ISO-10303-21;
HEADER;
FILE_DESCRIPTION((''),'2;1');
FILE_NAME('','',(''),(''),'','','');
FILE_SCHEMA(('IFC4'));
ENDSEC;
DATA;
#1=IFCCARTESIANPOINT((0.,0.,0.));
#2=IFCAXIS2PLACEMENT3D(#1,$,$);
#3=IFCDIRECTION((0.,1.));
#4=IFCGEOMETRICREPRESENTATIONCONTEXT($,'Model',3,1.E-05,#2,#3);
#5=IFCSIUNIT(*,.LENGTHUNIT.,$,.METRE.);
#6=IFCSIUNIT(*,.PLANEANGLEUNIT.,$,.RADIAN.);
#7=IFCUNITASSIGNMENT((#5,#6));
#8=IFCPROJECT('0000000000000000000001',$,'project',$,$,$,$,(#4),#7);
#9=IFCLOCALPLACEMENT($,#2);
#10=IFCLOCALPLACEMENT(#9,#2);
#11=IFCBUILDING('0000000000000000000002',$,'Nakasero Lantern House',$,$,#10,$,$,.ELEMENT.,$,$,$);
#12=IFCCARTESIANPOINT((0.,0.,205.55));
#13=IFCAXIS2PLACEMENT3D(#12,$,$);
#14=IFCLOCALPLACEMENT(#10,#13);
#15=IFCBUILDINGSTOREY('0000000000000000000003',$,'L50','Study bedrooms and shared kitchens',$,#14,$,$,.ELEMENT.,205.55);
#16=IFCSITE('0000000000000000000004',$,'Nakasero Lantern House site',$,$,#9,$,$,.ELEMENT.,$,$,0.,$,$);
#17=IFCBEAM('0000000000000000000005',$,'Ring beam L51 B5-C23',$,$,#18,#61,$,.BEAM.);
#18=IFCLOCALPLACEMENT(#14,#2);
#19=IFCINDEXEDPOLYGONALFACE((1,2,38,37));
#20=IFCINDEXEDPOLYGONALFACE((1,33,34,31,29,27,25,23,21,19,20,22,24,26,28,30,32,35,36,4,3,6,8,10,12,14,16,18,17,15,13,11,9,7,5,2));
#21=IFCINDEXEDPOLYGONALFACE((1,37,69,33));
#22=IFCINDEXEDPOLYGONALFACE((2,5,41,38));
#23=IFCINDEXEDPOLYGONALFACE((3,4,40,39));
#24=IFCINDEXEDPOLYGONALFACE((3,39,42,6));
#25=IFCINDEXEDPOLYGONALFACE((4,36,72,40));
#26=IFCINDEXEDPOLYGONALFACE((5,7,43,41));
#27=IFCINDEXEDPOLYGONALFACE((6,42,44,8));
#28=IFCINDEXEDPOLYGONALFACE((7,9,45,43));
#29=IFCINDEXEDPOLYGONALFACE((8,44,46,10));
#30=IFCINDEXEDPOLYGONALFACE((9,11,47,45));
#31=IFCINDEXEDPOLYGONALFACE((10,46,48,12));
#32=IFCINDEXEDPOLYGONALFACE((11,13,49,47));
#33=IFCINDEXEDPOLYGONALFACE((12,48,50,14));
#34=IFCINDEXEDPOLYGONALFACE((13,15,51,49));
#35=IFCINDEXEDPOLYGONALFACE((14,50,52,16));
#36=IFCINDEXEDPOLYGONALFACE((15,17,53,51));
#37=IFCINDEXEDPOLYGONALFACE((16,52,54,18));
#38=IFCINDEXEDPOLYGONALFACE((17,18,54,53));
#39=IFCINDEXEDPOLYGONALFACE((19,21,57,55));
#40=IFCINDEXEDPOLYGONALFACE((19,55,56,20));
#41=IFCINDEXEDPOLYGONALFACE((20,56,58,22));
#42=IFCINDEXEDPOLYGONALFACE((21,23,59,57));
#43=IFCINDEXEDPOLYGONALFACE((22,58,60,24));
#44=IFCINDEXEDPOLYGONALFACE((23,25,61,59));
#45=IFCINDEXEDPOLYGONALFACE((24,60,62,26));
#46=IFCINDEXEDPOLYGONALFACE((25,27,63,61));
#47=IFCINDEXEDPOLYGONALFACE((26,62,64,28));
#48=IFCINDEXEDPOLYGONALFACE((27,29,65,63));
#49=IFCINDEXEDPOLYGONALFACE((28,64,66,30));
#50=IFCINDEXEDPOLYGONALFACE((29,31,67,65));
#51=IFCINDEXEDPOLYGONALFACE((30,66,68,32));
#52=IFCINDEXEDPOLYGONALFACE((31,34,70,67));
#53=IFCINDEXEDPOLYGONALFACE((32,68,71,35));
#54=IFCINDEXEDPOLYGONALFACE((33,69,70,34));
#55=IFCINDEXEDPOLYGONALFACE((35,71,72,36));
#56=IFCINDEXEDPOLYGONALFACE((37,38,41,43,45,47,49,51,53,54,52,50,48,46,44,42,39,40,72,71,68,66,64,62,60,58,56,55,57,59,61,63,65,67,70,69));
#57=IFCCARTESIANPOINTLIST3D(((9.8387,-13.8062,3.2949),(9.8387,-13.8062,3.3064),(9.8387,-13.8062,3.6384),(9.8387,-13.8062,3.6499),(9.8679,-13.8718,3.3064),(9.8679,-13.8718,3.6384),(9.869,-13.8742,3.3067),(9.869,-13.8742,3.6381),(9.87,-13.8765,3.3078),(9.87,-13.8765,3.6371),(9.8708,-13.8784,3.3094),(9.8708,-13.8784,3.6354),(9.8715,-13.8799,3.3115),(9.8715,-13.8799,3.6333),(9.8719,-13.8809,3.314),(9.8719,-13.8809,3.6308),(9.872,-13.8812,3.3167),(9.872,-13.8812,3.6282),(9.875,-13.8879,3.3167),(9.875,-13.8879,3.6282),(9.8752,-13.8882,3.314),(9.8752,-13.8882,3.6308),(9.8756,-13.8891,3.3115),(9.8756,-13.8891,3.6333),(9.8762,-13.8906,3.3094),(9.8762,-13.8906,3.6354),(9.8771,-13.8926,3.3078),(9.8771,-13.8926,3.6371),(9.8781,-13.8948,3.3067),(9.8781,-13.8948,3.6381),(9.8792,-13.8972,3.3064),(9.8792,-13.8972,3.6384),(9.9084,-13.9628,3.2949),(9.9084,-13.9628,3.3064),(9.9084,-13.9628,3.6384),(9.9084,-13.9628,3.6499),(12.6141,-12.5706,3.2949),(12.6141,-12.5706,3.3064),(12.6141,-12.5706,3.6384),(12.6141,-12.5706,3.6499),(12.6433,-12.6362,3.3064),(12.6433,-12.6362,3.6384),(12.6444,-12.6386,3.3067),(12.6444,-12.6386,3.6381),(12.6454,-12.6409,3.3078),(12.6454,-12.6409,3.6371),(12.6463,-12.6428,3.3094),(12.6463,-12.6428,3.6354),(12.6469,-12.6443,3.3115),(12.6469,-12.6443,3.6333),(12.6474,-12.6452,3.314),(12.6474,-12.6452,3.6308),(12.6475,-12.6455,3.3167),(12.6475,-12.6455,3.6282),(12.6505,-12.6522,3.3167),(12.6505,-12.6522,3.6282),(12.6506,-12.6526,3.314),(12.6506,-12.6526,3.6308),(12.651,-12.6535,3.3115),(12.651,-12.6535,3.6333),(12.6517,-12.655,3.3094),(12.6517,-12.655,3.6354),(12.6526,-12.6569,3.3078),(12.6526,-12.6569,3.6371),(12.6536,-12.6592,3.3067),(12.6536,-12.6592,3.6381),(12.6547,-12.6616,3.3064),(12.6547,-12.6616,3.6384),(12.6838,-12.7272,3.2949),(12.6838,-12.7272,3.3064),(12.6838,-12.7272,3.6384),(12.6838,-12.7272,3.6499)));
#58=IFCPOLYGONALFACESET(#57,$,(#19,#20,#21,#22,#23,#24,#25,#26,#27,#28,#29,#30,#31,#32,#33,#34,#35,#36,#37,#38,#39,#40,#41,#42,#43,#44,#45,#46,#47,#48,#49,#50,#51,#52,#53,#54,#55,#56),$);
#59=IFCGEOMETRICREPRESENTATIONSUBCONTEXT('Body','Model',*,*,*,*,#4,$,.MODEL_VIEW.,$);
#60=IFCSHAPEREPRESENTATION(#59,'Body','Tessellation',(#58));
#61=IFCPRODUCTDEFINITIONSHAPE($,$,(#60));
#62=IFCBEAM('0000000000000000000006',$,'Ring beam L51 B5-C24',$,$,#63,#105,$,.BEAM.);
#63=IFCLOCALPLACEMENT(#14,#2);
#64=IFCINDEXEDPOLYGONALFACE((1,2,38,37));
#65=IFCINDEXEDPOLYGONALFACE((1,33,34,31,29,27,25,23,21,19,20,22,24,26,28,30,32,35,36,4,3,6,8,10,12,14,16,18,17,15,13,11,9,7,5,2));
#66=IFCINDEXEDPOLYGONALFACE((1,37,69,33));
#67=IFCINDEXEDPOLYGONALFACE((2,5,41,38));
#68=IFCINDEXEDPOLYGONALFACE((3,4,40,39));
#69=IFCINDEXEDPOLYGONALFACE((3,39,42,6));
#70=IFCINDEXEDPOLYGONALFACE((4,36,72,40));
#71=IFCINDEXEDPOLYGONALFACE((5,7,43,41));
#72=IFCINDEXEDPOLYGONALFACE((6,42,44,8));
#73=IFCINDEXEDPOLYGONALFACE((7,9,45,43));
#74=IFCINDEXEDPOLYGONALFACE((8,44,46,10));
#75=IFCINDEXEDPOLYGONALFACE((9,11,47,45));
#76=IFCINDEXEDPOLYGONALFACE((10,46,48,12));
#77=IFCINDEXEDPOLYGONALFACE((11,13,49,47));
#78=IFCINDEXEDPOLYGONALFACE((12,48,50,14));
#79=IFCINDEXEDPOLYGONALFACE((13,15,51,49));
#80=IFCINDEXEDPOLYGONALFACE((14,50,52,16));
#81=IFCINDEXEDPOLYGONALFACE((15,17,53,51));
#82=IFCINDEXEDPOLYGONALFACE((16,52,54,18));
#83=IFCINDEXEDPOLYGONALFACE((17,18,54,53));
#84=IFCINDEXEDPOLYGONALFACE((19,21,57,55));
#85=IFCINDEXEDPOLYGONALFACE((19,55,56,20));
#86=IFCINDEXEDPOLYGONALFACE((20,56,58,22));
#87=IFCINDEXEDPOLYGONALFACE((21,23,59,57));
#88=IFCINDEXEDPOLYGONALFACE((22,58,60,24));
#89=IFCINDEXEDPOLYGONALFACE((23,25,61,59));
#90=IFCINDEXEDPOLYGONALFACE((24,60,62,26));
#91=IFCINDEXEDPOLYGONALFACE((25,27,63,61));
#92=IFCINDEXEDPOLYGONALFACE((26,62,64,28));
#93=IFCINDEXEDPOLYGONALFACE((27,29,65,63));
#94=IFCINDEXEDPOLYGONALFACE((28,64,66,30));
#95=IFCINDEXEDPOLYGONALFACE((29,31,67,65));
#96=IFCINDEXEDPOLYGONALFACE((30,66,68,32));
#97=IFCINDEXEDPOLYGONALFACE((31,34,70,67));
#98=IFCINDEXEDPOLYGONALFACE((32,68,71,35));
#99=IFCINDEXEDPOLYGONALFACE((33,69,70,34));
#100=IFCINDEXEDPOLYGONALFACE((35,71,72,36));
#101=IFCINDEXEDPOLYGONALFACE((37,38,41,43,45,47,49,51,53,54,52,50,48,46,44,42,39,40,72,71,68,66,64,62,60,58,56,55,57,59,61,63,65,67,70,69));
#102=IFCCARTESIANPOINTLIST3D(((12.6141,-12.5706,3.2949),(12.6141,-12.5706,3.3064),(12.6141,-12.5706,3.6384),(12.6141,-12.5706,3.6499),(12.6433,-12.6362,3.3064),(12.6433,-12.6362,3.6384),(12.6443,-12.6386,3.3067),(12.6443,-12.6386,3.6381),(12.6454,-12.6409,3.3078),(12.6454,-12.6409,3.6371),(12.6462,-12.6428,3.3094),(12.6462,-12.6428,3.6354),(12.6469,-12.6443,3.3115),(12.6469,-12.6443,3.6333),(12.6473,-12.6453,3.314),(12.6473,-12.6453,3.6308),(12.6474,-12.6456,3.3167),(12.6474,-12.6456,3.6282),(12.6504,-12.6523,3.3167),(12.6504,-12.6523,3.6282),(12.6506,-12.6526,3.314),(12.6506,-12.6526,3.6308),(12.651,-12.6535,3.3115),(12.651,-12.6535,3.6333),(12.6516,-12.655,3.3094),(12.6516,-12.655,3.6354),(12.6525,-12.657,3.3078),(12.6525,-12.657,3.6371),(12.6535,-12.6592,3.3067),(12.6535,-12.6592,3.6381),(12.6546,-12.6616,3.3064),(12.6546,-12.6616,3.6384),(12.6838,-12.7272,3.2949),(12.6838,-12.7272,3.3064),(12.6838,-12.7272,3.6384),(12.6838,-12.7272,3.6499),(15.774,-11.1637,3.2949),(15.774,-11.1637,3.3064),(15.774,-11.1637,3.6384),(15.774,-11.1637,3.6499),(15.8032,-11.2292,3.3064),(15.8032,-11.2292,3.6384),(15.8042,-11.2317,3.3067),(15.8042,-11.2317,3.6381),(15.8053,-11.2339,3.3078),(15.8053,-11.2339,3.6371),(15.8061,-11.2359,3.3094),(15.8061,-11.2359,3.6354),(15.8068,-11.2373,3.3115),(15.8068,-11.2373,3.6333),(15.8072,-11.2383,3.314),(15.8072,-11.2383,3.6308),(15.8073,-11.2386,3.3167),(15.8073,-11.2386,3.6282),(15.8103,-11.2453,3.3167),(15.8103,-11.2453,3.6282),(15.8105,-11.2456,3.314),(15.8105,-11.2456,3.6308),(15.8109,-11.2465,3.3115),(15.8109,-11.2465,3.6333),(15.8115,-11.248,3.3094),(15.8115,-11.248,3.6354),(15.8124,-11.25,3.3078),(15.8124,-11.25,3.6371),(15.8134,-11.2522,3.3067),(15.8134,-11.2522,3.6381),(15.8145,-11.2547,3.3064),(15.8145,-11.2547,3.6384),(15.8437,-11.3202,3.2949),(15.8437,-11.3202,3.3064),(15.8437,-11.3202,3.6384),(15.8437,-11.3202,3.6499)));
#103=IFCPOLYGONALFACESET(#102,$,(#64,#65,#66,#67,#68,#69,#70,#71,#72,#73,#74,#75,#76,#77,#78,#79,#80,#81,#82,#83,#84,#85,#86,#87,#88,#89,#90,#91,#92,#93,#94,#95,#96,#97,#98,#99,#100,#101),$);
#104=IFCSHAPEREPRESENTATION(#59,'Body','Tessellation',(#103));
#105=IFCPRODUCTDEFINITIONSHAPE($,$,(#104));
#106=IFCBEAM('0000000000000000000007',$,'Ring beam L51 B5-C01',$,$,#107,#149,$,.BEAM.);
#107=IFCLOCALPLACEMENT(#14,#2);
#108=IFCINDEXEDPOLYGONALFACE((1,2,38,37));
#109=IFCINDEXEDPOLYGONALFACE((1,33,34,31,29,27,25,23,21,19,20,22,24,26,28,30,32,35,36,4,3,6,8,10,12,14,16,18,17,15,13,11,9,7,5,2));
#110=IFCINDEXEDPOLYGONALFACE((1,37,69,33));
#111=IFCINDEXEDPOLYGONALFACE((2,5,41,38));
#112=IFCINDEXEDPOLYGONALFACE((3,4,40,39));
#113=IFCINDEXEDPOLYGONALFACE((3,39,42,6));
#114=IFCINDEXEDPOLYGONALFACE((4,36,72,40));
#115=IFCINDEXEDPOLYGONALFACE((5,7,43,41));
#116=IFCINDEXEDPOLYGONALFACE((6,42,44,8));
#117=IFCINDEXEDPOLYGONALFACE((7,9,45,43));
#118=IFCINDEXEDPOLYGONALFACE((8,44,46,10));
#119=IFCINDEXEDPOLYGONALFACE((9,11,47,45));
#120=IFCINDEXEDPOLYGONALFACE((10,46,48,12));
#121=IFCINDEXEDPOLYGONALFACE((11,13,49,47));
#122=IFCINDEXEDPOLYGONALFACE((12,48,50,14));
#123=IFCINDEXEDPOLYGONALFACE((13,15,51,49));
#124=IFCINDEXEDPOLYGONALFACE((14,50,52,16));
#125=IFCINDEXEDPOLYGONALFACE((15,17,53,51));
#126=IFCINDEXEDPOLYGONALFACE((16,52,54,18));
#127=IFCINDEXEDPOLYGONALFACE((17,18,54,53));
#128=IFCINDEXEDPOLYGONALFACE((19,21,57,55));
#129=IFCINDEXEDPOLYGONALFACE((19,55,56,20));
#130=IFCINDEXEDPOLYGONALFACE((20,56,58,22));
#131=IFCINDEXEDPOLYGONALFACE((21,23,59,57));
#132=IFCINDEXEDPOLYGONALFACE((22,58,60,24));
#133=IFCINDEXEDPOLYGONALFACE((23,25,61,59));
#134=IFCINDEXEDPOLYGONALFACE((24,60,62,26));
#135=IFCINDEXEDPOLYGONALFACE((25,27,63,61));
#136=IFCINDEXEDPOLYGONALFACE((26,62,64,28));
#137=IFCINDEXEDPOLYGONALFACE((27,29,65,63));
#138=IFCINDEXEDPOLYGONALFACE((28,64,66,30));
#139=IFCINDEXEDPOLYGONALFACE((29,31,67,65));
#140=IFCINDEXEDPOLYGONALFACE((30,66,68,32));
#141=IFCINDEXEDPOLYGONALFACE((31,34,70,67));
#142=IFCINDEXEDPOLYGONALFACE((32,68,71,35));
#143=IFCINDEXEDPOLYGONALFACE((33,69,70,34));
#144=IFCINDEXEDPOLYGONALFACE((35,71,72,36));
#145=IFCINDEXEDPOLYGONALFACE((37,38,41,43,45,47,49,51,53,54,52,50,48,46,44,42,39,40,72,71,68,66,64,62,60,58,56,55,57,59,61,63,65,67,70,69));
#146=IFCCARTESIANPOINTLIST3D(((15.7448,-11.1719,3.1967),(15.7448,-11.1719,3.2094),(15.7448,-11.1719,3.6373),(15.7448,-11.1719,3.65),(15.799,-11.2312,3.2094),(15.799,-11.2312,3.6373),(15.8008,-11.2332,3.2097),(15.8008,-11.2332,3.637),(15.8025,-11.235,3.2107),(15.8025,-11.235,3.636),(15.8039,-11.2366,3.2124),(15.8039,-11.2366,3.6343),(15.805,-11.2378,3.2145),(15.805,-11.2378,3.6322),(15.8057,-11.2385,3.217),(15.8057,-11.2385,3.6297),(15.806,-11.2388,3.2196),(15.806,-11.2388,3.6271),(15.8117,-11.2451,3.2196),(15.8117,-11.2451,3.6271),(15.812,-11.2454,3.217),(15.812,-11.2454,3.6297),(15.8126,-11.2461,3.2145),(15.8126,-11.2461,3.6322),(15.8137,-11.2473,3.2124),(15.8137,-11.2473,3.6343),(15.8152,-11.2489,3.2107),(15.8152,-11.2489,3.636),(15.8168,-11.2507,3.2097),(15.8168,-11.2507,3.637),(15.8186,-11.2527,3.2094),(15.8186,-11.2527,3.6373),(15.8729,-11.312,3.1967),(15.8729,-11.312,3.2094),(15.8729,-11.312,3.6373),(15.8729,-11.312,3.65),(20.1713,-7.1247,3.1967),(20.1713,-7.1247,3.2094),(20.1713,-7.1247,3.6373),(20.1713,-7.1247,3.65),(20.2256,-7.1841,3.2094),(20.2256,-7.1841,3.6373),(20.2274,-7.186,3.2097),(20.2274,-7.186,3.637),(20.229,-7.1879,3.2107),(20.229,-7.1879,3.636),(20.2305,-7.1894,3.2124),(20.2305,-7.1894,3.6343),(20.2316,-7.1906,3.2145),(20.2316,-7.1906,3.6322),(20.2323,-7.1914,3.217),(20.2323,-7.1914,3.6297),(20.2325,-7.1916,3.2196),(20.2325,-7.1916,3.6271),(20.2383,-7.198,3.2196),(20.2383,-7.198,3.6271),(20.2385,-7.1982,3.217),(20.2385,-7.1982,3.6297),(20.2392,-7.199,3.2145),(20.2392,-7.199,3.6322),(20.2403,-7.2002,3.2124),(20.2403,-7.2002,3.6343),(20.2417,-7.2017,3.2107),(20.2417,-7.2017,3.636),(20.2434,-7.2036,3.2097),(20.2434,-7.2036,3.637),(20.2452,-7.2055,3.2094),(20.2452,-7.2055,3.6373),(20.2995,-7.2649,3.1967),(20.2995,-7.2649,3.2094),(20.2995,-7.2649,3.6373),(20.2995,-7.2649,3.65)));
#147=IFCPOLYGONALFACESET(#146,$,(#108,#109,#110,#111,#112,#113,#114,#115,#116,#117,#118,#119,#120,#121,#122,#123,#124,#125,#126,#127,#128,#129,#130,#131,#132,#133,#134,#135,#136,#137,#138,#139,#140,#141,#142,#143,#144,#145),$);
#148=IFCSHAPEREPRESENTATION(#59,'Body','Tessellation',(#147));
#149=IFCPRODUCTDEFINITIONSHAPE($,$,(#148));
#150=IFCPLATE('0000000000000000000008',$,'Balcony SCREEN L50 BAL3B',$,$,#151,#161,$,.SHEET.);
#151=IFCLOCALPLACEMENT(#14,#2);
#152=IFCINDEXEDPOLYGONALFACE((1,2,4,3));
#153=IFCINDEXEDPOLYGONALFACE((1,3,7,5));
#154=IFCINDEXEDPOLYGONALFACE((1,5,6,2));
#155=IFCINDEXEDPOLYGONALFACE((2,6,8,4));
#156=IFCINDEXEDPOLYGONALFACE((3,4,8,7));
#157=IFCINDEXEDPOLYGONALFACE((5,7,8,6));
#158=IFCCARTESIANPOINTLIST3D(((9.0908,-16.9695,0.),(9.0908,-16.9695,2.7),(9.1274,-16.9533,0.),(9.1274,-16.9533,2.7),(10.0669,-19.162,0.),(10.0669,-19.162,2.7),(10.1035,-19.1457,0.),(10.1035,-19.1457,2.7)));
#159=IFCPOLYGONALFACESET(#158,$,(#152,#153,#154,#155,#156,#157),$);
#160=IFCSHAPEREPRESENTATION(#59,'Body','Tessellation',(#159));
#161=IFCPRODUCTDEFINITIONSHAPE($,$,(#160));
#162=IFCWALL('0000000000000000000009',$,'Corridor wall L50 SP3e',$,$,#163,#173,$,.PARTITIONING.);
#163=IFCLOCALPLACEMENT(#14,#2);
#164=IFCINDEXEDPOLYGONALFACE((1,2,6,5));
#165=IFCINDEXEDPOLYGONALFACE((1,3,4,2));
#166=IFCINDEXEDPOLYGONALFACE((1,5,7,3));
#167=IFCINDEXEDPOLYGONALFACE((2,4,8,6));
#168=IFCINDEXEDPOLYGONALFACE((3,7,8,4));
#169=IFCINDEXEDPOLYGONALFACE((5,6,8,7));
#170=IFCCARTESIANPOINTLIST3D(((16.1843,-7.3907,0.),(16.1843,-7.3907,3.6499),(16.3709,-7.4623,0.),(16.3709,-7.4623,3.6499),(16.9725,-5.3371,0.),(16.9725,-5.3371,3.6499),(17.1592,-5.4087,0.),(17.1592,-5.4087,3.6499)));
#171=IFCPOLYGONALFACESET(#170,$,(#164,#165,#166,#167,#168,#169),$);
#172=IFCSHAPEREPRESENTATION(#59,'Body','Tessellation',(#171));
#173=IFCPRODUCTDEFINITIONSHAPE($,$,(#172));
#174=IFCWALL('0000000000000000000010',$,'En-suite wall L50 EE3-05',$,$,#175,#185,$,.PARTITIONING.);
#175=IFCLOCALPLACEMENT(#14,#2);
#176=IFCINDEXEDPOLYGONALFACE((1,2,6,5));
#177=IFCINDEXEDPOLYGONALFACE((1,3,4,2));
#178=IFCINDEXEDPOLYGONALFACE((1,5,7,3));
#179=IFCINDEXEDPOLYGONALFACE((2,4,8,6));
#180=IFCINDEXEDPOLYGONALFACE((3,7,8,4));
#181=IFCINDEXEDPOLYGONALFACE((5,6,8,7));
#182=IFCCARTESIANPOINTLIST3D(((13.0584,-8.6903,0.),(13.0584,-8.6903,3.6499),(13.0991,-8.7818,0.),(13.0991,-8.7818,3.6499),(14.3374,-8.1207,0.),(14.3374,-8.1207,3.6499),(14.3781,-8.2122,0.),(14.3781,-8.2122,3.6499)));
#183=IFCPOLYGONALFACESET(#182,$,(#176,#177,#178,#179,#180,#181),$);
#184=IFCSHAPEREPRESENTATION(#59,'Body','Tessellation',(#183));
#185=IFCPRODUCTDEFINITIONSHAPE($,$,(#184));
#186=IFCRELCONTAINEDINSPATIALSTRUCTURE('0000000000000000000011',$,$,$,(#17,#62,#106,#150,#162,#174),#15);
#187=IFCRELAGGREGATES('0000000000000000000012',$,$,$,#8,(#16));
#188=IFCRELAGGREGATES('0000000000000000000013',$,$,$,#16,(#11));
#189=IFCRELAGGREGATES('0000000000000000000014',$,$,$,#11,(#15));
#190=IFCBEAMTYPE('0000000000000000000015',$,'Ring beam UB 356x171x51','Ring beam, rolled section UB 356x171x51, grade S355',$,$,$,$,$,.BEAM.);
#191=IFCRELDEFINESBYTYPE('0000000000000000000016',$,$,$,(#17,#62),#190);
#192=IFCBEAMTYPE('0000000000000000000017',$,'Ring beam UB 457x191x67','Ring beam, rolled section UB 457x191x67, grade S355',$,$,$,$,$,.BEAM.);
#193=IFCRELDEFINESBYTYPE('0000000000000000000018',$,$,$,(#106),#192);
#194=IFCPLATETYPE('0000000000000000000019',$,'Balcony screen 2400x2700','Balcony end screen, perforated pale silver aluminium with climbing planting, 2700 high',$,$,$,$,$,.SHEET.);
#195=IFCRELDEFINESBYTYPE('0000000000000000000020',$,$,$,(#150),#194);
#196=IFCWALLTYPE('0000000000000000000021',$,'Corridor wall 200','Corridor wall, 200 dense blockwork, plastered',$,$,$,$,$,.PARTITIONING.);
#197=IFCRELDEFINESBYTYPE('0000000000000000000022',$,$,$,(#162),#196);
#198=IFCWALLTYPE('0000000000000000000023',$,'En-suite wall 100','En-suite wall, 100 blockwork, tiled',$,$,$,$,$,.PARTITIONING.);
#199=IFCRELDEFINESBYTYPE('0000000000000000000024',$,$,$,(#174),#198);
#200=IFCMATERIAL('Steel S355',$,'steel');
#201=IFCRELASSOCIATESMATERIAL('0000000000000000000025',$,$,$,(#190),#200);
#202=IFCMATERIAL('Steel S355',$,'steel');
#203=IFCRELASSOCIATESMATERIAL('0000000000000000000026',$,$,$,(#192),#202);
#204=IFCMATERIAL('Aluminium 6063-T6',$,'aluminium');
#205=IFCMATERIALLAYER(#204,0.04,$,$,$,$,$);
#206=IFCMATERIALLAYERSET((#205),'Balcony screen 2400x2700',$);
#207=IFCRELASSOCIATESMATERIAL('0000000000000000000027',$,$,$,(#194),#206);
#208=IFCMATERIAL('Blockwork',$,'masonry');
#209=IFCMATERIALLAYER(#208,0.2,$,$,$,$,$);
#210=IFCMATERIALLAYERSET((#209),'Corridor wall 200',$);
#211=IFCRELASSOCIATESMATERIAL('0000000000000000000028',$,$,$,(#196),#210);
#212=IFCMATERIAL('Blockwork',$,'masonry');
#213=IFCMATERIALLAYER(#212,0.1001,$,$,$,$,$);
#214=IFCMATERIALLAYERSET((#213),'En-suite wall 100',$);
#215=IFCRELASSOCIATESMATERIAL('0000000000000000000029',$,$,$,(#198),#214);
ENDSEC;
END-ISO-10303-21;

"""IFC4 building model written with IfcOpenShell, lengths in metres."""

from ifc_helpers import new_model, si_unit, direction, frame, frame_2d, origin, origin_2d, place, context, subcontext, project, spatial, rectangle, i_section, extrude, material, layer, layer_set, material_profile, profile_set, type_object, element, save


model = new_model("IFC4")

# Units and contexts
model_context = context("Model", 3, precision=1e-05, world=origin(), true_north=direction((0.0, 1.0)))
body_context = subcontext(model_context, "Body", "Model", "MODEL_VIEW")
ifc_project = project(units=[si_unit("LENGTHUNIT", "METRE"), si_unit("PLANEANGLEUNIT", "RADIAN")], contexts=[model_context])

# Site, building, storey
site_placement = place(None, origin())
site = spatial("IfcSite", under=ifc_project, at=site_placement, Name="Nakasero Lantern House site", CompositionType="ELEMENT", RefElevation=0.0)
building_placement = place(site_placement, origin())
building = spatial("IfcBuilding", under=site, at=building_placement, Name="Nakasero Lantern House", CompositionType="ELEMENT")
storey_placement = place(building_placement, frame((0.0, 0.0, 205.55)))
storey = spatial("IfcBuildingStorey", under=building, at=storey_placement, Name="L50", Description="Study bedrooms and shared kitchens", CompositionType="ELEMENT", Elevation=205.55)

# Beams
ifc_material_1 = material(Name="Steel S355", Category="steel")
ifc_material_profile_1 = material_profile(ifc_material_1, i_section(OverallWidth=0.1714, OverallDepth=0.355, WebThickness=0.0073, FlangeThickness=0.0115, FilletRadius=0.0103, at=origin_2d()), Name="UB 356x171x51")
ifc_profile_set_1 = profile_set([ifc_material_profile_1], Name="Steel S355")
beam_type_1 = type_object("IfcBeamType", Name="Ring beam UB 356x171x51", Description="Ring beam, rolled section UB 356x171x51, grade S355", PredefinedType="BEAM", material=ifc_profile_set_1)
beam_1_placement = place(storey_placement, frame((9.8735, -13.8845, 3.4724), z_axis=(0.913556, 0.406713, 0.0), x_axis=(-0.406713, 0.913556, 0.0)))
element("IfcBeam", 1, at=beam_1_placement, inside=storey, type_object=beam_type_1, Name="Ring beam L51 B5-C23", PredefinedType="BEAM", context=body_context, shape_type="SweptSolid", body=[
    extrude(i_section(OverallWidth=0.1714, OverallDepth=0.355, WebThickness=0.0073, FlangeThickness=0.0115, FilletRadius=0.0103, at=origin_2d()), origin(), (0.0, 0.0, 1.0), 3.0381),
])
beam_2_placement = place(storey_placement, frame((12.6489, -12.6489, 3.4724), z_axis=(0.913535, 0.406761, 0.0), x_axis=(-0.406761, 0.913535, 0.0)))
element("IfcBeam", 2, at=beam_2_placement, inside=storey, type_object=beam_type_1, Name="Ring beam L51 B5-C24", PredefinedType="BEAM", context=body_context, shape_type="SweptSolid", body=[
    extrude(i_section(OverallWidth=0.1714, OverallDepth=0.355, WebThickness=0.0073, FlangeThickness=0.0115, FilletRadius=0.0103, at=origin_2d()), origin(), (0.0, 0.0, 1.0), 3.459),
])
ifc_material_2 = material(Name="Steel S355", Category="steel")
ifc_material_profile_2 = material_profile(ifc_material_2, i_section(OverallWidth=0.1899, OverallDepth=0.4534, WebThickness=0.0085, FlangeThickness=0.0127, FilletRadius=0.0103, at=origin_2d()), Name="UB 457x191x67")
ifc_profile_set_2 = profile_set([ifc_material_profile_2], Name="Steel S355")
beam_type_2 = type_object("IfcBeamType", Name="Ring beam UB 457x191x67", Description="Ring beam, rolled section UB 457x191x67, grade S355", PredefinedType="BEAM", material=ifc_profile_set_2)
beam_3_placement = place(storey_placement, frame((15.8088, -11.2419, 3.4233), z_axis=(0.738027, 0.674771, 0.0), x_axis=(-0.674771, 0.738027, 0.0)))
element("IfcBeam", 3, at=beam_3_placement, inside=storey, type_object=beam_type_2, Name="Ring beam L51 B5-C01", PredefinedType="BEAM", context=body_context, shape_type="SweptSolid", body=[
    extrude(i_section(OverallWidth=0.1899, OverallDepth=0.4534, WebThickness=0.0085, FlangeThickness=0.0127, FilletRadius=0.0103, at=origin_2d()), origin(), (0.0, 0.0, 1.0), 5.9978),
])

# Plate
ifc_material_3 = material(Name="Aluminium 6063-T6", Category="aluminium")
ifc_layer_1 = layer(ifc_material_3, 0.04)
ifc_layer_set_1 = layer_set([ifc_layer_1], Name="Balcony screen 2400x2700")
plate_type = type_object("IfcPlateType", Name="Balcony screen 2400x2700", Description="Balcony end screen, perforated pale silver aluminium with climbing planting, 2700 high", PredefinedType="SHEET", material=ifc_layer_set_1)
plate_placement = place(storey_placement, frame((9.5972, -18.0576, 0.0), z_axis=(0.0, 0.0, 1.0), x_axis=(0.406737, -0.913545, 0.0)))
element("IfcPlate", 4, at=plate_placement, inside=storey, type_object=plate_type, Name="Balcony SCREEN L50 BAL3B", PredefinedType="SHEET", context=body_context, shape_type="SweptSolid", body=[
    extrude(rectangle(XDim=2.3999, YDim=0.04, at=origin_2d()), origin(), (0.0, 0.0, 1.0), 2.7),
])

# Walls
ifc_material_4 = material(Name="Blockwork", Category="masonry")
ifc_layer_2 = layer(ifc_material_4, 0.2)
ifc_layer_set_2 = layer_set([ifc_layer_2], Name="Corridor wall 200")
wall_type_1 = type_object("IfcWallType", Name="Corridor wall 200", Description="Corridor wall, 200 dense blockwork, plastered", PredefinedType="PARTITIONING", material=ifc_layer_set_2)
wall_1_placement = place(storey_placement, frame((16.2776, -7.4265, 0.0), z_axis=(0.0, 0.0, 1.0), x_axis=(0.358362, 0.933583, 0.0)))
element("IfcWall", 5, at=wall_1_placement, inside=storey, type_object=wall_type_1, Name="Corridor wall L50 SP3e", PredefinedType="PARTITIONING", context=body_context, shape_type="SweptSolid", body=[
    extrude(rectangle(XDim=2.1997, YDim=0.2, at=frame_2d((1.0999, 0.0))), origin(), (0.0, 0.0, 1.0), 3.6499),
])
ifc_material_5 = material(Name="Blockwork", Category="masonry")
ifc_layer_3 = layer(ifc_material_5, 0.1001)
ifc_layer_set_3 = layer_set([ifc_layer_3], Name="En-suite wall 100")
wall_type_2 = type_object("IfcWallType", Name="En-suite wall 100", Description="En-suite wall, 100 blockwork, tiled", PredefinedType="PARTITIONING", material=ifc_layer_set_3)
wall_2_placement = place(storey_placement, frame((13.0786, -8.7361, 0.0), z_axis=(0.0, 0.0, 1.0), x_axis=(0.913516, 0.406802, 0.0)))
element("IfcWall", 6, at=wall_2_placement, inside=storey, type_object=wall_type_2, Name="En-suite wall L50 EE3-05", PredefinedType="PARTITIONING", context=body_context, shape_type="SweptSolid", body=[
    extrude(rectangle(XDim=1.4001, YDim=0.1001, at=frame_2d((0.7002, 0.0))), origin(), (0.0, 0.0, 1.0), 3.6499),
])

save(model, "model.ifc")
